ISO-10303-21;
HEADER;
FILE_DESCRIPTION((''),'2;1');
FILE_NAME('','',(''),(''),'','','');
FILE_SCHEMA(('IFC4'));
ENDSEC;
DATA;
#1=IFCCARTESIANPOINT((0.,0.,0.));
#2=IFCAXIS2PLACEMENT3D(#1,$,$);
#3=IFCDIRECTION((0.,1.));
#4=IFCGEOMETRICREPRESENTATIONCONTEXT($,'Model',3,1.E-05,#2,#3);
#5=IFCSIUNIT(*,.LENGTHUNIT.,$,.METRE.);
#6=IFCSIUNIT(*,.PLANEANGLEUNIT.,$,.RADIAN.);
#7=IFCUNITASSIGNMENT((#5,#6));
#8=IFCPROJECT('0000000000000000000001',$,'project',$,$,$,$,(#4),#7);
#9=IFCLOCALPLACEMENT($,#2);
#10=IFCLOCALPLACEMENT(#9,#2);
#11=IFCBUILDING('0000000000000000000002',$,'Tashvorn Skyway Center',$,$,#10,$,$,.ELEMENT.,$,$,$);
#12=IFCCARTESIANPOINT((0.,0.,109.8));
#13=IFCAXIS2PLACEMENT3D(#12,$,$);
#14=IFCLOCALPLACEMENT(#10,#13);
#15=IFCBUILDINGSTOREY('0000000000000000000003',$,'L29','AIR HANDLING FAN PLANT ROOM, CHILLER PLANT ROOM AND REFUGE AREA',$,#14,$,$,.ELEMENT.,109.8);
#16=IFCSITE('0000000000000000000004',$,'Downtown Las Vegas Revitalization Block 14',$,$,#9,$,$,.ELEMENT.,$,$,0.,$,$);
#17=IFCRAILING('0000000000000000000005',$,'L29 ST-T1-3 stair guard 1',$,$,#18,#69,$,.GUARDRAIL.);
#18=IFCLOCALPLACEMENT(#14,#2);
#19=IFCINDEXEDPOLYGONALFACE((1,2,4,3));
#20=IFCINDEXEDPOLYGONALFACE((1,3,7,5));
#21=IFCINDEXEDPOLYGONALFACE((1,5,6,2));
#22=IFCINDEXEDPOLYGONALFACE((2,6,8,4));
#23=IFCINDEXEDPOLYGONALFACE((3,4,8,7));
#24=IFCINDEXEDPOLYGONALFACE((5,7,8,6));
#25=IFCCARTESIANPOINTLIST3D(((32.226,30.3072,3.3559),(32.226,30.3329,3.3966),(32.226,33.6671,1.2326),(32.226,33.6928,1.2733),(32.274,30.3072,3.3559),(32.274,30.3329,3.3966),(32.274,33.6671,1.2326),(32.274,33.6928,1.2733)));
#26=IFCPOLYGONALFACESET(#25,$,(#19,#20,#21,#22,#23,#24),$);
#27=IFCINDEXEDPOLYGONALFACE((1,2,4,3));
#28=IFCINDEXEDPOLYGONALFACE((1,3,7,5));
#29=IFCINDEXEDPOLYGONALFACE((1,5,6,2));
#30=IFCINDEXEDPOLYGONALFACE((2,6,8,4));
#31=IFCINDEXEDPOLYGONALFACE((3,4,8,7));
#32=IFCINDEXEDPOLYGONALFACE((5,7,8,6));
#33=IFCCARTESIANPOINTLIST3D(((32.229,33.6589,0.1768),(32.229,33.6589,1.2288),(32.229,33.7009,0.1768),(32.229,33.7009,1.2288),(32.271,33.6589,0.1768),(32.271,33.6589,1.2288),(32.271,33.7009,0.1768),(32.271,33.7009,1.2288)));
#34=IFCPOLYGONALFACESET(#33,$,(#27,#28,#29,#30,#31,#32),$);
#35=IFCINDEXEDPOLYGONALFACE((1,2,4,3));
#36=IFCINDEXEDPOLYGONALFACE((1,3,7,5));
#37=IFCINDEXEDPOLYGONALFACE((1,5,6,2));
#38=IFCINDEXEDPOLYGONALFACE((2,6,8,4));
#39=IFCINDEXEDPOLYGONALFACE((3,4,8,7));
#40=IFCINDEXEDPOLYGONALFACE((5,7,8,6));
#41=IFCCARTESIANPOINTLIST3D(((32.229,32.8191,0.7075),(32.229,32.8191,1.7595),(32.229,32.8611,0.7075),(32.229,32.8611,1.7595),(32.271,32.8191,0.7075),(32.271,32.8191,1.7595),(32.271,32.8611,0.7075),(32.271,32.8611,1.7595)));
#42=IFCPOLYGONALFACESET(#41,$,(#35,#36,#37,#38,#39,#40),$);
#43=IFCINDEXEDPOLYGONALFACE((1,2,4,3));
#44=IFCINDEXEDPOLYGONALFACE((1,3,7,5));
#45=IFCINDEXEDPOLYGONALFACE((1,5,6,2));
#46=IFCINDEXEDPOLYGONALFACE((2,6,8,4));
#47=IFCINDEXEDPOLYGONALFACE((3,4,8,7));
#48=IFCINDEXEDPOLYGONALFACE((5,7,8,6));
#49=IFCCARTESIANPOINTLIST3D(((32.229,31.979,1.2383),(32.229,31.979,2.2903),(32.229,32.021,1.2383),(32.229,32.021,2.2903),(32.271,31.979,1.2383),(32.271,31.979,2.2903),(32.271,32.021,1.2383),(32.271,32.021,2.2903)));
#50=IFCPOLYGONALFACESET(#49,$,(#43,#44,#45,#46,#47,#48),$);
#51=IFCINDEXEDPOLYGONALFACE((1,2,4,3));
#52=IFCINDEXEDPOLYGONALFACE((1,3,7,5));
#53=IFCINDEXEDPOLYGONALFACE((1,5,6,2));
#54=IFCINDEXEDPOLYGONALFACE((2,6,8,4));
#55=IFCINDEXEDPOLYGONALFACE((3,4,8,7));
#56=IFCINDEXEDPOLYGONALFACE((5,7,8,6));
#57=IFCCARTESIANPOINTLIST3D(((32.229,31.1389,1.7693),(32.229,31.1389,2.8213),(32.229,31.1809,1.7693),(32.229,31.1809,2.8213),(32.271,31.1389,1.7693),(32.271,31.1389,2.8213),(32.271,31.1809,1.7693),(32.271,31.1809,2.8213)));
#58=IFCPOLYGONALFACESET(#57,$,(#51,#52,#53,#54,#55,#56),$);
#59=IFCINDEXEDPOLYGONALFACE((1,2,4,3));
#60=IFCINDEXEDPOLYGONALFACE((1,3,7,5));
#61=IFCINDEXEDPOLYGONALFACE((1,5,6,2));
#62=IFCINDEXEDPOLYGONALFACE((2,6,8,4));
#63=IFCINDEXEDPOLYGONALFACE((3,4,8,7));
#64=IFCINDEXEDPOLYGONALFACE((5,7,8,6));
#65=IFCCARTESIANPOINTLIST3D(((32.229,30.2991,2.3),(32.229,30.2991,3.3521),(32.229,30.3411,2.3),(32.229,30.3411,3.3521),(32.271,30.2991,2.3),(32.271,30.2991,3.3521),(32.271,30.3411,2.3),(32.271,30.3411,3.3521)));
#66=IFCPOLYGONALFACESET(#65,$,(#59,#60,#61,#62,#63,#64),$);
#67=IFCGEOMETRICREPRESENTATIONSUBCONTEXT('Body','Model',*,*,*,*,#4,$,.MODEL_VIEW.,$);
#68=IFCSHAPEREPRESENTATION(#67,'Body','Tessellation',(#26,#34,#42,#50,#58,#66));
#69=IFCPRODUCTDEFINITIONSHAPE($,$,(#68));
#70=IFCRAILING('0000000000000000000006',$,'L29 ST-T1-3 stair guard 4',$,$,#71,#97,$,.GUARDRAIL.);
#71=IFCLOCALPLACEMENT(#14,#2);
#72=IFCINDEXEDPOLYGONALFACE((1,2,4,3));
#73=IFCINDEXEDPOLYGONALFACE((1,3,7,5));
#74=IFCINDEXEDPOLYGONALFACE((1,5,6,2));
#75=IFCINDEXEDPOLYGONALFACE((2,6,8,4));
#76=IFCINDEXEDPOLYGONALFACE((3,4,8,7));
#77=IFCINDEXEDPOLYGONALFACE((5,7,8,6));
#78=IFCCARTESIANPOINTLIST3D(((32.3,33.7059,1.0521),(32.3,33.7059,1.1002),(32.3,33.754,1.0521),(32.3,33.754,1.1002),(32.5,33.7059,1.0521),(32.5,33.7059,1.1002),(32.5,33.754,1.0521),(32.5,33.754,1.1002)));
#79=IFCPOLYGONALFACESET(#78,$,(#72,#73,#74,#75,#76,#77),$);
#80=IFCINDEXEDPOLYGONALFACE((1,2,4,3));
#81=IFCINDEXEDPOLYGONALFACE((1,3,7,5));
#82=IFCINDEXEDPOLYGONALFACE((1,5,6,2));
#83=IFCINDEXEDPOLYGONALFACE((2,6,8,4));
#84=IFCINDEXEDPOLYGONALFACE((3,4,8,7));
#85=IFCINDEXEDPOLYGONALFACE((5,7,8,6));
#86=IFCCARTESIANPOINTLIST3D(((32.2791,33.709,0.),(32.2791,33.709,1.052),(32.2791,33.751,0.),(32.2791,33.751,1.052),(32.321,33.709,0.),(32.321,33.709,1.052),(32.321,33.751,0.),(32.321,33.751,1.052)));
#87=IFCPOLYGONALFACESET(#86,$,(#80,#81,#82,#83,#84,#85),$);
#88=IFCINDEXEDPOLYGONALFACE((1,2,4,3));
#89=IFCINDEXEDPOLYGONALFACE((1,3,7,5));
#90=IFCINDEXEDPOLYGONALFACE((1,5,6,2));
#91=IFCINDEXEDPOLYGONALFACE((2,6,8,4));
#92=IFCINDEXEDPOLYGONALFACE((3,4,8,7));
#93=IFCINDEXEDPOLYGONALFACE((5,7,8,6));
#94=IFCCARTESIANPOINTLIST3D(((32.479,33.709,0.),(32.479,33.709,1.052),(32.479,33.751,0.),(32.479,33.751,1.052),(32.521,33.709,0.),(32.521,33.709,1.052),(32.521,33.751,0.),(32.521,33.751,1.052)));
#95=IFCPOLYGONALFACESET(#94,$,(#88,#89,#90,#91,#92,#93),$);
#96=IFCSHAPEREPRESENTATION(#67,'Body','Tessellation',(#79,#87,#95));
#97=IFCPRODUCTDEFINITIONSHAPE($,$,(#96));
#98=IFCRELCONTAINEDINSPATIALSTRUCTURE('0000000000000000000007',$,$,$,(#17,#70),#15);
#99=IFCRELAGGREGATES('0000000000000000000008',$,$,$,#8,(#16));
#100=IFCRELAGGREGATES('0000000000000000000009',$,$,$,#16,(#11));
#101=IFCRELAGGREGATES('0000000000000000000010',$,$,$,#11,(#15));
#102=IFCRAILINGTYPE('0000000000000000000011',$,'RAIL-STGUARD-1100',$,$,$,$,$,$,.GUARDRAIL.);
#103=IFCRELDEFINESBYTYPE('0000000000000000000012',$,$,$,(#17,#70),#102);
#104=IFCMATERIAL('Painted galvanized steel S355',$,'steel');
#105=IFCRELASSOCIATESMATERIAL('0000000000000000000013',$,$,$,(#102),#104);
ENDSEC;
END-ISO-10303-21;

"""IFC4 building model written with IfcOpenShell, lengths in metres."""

from ifc_helpers import new_model, si_unit, direction, frame, origin, origin_2d, place, context, subcontext, project, spatial, rectangle, extrude, material, type_object, element, save


model = new_model("IFC4")

# Units and contexts
model_context = context("Model", 3, precision=1e-05, world=origin(), true_north=direction((0.0, 1.0)))
body_context = subcontext(model_context, "Body", "Model", "MODEL_VIEW")
ifc_project = project(units=[si_unit("LENGTHUNIT", "METRE"), si_unit("PLANEANGLEUNIT", "RADIAN")], contexts=[model_context])

# Site, building, storey
site_placement = place(None, origin())
site = spatial("IfcSite", under=ifc_project, at=site_placement, Name="Downtown Las Vegas Revitalization Block 14", CompositionType="ELEMENT", RefElevation=0.0)
building_placement = place(site_placement, origin())
building = spatial("IfcBuilding", under=site, at=building_placement, Name="Tashvorn Skyway Center", CompositionType="ELEMENT")
storey_placement = place(building_placement, frame((0.0, 0.0, 109.8)))
storey = spatial("IfcBuildingStorey", under=building, at=storey_placement, Name="L29", Description="AIR HANDLING FAN PLANT ROOM, CHILLER PLANT ROOM AND REFUGE AREA", CompositionType="ELEMENT", Elevation=109.8)

# Railings
ifc_material_1 = material(Name="Painted galvanized steel S355", Category="steel")
railing_type_1 = type_object("IfcRailingType", Name="RAIL-STGUARD-1100", PredefinedType="GUARDRAIL", material=ifc_material_1)
railing_1_placement = place(storey_placement, frame((32.25, 33.6799, 0.1768)))
element("IfcRailing", 1, at=railing_1_placement, inside=storey, type_object=railing_type_1, Name="L29 ST-T1-3 stair guard 1", PredefinedType="GUARDRAIL", context=body_context, shape_type="SweptSolid", body=[
    extrude(rectangle(XDim=0.0481, YDim=0.0481, at=origin_2d()), frame((0.0, 0.0, 1.0762), z_axis=(0.0, -0.845344, 0.534222), x_axis=(1.0, 0.0, 0.0)), (0.0, 0.0, 1.0), 3.9746),
    extrude(rectangle(XDim=0.042, YDim=0.042, at=origin_2d()), origin(), (0.0, 0.0, 1.0), 1.052),
    extrude(rectangle(XDim=0.042, YDim=0.042, at=origin_2d()), frame((0.0, -0.8398, 0.5308)), (0.0, 0.0, 1.0), 1.052),
    extrude(rectangle(XDim=0.042, YDim=0.042, at=origin_2d()), frame((0.0, -1.6799, 1.0615)), (0.0, 0.0, 1.0), 1.052),
    extrude(rectangle(XDim=0.042, YDim=0.042, at=origin_2d()), frame((0.0, -2.52, 1.5925)), (0.0, 0.0, 1.0), 1.052),
    extrude(rectangle(XDim=0.042, YDim=0.042, at=origin_2d()), frame((0.0, -3.3599, 2.1233)), (0.0, 0.0, 1.0), 1.052),
])
railing_2_placement = place(storey_placement, frame((32.3, 33.73, 0.0)))
element("IfcRailing", 2, at=railing_2_placement, inside=storey, type_object=railing_type_1, Name="L29 ST-T1-3 stair guard 4", PredefinedType="GUARDRAIL", context=body_context, shape_type="SweptSolid", body=[
    extrude(rectangle(XDim=0.0481, YDim=0.0481, at=origin_2d()), frame((0.0, 0.0, 1.0762), z_axis=(1.0, 0.0, 0.0), x_axis=(0.0, 1.0, 0.0)), (0.0, 0.0, 1.0), 0.2),
    extrude(rectangle(XDim=0.042, YDim=0.042, at=origin_2d()), origin(), (0.0, 0.0, 1.0), 1.052),
    extrude(rectangle(XDim=0.042, YDim=0.042, at=origin_2d()), frame((0.2, 0.0, 0.0)), (0.0, 0.0, 1.0), 1.052),
])

save(model, "model.ifc")
